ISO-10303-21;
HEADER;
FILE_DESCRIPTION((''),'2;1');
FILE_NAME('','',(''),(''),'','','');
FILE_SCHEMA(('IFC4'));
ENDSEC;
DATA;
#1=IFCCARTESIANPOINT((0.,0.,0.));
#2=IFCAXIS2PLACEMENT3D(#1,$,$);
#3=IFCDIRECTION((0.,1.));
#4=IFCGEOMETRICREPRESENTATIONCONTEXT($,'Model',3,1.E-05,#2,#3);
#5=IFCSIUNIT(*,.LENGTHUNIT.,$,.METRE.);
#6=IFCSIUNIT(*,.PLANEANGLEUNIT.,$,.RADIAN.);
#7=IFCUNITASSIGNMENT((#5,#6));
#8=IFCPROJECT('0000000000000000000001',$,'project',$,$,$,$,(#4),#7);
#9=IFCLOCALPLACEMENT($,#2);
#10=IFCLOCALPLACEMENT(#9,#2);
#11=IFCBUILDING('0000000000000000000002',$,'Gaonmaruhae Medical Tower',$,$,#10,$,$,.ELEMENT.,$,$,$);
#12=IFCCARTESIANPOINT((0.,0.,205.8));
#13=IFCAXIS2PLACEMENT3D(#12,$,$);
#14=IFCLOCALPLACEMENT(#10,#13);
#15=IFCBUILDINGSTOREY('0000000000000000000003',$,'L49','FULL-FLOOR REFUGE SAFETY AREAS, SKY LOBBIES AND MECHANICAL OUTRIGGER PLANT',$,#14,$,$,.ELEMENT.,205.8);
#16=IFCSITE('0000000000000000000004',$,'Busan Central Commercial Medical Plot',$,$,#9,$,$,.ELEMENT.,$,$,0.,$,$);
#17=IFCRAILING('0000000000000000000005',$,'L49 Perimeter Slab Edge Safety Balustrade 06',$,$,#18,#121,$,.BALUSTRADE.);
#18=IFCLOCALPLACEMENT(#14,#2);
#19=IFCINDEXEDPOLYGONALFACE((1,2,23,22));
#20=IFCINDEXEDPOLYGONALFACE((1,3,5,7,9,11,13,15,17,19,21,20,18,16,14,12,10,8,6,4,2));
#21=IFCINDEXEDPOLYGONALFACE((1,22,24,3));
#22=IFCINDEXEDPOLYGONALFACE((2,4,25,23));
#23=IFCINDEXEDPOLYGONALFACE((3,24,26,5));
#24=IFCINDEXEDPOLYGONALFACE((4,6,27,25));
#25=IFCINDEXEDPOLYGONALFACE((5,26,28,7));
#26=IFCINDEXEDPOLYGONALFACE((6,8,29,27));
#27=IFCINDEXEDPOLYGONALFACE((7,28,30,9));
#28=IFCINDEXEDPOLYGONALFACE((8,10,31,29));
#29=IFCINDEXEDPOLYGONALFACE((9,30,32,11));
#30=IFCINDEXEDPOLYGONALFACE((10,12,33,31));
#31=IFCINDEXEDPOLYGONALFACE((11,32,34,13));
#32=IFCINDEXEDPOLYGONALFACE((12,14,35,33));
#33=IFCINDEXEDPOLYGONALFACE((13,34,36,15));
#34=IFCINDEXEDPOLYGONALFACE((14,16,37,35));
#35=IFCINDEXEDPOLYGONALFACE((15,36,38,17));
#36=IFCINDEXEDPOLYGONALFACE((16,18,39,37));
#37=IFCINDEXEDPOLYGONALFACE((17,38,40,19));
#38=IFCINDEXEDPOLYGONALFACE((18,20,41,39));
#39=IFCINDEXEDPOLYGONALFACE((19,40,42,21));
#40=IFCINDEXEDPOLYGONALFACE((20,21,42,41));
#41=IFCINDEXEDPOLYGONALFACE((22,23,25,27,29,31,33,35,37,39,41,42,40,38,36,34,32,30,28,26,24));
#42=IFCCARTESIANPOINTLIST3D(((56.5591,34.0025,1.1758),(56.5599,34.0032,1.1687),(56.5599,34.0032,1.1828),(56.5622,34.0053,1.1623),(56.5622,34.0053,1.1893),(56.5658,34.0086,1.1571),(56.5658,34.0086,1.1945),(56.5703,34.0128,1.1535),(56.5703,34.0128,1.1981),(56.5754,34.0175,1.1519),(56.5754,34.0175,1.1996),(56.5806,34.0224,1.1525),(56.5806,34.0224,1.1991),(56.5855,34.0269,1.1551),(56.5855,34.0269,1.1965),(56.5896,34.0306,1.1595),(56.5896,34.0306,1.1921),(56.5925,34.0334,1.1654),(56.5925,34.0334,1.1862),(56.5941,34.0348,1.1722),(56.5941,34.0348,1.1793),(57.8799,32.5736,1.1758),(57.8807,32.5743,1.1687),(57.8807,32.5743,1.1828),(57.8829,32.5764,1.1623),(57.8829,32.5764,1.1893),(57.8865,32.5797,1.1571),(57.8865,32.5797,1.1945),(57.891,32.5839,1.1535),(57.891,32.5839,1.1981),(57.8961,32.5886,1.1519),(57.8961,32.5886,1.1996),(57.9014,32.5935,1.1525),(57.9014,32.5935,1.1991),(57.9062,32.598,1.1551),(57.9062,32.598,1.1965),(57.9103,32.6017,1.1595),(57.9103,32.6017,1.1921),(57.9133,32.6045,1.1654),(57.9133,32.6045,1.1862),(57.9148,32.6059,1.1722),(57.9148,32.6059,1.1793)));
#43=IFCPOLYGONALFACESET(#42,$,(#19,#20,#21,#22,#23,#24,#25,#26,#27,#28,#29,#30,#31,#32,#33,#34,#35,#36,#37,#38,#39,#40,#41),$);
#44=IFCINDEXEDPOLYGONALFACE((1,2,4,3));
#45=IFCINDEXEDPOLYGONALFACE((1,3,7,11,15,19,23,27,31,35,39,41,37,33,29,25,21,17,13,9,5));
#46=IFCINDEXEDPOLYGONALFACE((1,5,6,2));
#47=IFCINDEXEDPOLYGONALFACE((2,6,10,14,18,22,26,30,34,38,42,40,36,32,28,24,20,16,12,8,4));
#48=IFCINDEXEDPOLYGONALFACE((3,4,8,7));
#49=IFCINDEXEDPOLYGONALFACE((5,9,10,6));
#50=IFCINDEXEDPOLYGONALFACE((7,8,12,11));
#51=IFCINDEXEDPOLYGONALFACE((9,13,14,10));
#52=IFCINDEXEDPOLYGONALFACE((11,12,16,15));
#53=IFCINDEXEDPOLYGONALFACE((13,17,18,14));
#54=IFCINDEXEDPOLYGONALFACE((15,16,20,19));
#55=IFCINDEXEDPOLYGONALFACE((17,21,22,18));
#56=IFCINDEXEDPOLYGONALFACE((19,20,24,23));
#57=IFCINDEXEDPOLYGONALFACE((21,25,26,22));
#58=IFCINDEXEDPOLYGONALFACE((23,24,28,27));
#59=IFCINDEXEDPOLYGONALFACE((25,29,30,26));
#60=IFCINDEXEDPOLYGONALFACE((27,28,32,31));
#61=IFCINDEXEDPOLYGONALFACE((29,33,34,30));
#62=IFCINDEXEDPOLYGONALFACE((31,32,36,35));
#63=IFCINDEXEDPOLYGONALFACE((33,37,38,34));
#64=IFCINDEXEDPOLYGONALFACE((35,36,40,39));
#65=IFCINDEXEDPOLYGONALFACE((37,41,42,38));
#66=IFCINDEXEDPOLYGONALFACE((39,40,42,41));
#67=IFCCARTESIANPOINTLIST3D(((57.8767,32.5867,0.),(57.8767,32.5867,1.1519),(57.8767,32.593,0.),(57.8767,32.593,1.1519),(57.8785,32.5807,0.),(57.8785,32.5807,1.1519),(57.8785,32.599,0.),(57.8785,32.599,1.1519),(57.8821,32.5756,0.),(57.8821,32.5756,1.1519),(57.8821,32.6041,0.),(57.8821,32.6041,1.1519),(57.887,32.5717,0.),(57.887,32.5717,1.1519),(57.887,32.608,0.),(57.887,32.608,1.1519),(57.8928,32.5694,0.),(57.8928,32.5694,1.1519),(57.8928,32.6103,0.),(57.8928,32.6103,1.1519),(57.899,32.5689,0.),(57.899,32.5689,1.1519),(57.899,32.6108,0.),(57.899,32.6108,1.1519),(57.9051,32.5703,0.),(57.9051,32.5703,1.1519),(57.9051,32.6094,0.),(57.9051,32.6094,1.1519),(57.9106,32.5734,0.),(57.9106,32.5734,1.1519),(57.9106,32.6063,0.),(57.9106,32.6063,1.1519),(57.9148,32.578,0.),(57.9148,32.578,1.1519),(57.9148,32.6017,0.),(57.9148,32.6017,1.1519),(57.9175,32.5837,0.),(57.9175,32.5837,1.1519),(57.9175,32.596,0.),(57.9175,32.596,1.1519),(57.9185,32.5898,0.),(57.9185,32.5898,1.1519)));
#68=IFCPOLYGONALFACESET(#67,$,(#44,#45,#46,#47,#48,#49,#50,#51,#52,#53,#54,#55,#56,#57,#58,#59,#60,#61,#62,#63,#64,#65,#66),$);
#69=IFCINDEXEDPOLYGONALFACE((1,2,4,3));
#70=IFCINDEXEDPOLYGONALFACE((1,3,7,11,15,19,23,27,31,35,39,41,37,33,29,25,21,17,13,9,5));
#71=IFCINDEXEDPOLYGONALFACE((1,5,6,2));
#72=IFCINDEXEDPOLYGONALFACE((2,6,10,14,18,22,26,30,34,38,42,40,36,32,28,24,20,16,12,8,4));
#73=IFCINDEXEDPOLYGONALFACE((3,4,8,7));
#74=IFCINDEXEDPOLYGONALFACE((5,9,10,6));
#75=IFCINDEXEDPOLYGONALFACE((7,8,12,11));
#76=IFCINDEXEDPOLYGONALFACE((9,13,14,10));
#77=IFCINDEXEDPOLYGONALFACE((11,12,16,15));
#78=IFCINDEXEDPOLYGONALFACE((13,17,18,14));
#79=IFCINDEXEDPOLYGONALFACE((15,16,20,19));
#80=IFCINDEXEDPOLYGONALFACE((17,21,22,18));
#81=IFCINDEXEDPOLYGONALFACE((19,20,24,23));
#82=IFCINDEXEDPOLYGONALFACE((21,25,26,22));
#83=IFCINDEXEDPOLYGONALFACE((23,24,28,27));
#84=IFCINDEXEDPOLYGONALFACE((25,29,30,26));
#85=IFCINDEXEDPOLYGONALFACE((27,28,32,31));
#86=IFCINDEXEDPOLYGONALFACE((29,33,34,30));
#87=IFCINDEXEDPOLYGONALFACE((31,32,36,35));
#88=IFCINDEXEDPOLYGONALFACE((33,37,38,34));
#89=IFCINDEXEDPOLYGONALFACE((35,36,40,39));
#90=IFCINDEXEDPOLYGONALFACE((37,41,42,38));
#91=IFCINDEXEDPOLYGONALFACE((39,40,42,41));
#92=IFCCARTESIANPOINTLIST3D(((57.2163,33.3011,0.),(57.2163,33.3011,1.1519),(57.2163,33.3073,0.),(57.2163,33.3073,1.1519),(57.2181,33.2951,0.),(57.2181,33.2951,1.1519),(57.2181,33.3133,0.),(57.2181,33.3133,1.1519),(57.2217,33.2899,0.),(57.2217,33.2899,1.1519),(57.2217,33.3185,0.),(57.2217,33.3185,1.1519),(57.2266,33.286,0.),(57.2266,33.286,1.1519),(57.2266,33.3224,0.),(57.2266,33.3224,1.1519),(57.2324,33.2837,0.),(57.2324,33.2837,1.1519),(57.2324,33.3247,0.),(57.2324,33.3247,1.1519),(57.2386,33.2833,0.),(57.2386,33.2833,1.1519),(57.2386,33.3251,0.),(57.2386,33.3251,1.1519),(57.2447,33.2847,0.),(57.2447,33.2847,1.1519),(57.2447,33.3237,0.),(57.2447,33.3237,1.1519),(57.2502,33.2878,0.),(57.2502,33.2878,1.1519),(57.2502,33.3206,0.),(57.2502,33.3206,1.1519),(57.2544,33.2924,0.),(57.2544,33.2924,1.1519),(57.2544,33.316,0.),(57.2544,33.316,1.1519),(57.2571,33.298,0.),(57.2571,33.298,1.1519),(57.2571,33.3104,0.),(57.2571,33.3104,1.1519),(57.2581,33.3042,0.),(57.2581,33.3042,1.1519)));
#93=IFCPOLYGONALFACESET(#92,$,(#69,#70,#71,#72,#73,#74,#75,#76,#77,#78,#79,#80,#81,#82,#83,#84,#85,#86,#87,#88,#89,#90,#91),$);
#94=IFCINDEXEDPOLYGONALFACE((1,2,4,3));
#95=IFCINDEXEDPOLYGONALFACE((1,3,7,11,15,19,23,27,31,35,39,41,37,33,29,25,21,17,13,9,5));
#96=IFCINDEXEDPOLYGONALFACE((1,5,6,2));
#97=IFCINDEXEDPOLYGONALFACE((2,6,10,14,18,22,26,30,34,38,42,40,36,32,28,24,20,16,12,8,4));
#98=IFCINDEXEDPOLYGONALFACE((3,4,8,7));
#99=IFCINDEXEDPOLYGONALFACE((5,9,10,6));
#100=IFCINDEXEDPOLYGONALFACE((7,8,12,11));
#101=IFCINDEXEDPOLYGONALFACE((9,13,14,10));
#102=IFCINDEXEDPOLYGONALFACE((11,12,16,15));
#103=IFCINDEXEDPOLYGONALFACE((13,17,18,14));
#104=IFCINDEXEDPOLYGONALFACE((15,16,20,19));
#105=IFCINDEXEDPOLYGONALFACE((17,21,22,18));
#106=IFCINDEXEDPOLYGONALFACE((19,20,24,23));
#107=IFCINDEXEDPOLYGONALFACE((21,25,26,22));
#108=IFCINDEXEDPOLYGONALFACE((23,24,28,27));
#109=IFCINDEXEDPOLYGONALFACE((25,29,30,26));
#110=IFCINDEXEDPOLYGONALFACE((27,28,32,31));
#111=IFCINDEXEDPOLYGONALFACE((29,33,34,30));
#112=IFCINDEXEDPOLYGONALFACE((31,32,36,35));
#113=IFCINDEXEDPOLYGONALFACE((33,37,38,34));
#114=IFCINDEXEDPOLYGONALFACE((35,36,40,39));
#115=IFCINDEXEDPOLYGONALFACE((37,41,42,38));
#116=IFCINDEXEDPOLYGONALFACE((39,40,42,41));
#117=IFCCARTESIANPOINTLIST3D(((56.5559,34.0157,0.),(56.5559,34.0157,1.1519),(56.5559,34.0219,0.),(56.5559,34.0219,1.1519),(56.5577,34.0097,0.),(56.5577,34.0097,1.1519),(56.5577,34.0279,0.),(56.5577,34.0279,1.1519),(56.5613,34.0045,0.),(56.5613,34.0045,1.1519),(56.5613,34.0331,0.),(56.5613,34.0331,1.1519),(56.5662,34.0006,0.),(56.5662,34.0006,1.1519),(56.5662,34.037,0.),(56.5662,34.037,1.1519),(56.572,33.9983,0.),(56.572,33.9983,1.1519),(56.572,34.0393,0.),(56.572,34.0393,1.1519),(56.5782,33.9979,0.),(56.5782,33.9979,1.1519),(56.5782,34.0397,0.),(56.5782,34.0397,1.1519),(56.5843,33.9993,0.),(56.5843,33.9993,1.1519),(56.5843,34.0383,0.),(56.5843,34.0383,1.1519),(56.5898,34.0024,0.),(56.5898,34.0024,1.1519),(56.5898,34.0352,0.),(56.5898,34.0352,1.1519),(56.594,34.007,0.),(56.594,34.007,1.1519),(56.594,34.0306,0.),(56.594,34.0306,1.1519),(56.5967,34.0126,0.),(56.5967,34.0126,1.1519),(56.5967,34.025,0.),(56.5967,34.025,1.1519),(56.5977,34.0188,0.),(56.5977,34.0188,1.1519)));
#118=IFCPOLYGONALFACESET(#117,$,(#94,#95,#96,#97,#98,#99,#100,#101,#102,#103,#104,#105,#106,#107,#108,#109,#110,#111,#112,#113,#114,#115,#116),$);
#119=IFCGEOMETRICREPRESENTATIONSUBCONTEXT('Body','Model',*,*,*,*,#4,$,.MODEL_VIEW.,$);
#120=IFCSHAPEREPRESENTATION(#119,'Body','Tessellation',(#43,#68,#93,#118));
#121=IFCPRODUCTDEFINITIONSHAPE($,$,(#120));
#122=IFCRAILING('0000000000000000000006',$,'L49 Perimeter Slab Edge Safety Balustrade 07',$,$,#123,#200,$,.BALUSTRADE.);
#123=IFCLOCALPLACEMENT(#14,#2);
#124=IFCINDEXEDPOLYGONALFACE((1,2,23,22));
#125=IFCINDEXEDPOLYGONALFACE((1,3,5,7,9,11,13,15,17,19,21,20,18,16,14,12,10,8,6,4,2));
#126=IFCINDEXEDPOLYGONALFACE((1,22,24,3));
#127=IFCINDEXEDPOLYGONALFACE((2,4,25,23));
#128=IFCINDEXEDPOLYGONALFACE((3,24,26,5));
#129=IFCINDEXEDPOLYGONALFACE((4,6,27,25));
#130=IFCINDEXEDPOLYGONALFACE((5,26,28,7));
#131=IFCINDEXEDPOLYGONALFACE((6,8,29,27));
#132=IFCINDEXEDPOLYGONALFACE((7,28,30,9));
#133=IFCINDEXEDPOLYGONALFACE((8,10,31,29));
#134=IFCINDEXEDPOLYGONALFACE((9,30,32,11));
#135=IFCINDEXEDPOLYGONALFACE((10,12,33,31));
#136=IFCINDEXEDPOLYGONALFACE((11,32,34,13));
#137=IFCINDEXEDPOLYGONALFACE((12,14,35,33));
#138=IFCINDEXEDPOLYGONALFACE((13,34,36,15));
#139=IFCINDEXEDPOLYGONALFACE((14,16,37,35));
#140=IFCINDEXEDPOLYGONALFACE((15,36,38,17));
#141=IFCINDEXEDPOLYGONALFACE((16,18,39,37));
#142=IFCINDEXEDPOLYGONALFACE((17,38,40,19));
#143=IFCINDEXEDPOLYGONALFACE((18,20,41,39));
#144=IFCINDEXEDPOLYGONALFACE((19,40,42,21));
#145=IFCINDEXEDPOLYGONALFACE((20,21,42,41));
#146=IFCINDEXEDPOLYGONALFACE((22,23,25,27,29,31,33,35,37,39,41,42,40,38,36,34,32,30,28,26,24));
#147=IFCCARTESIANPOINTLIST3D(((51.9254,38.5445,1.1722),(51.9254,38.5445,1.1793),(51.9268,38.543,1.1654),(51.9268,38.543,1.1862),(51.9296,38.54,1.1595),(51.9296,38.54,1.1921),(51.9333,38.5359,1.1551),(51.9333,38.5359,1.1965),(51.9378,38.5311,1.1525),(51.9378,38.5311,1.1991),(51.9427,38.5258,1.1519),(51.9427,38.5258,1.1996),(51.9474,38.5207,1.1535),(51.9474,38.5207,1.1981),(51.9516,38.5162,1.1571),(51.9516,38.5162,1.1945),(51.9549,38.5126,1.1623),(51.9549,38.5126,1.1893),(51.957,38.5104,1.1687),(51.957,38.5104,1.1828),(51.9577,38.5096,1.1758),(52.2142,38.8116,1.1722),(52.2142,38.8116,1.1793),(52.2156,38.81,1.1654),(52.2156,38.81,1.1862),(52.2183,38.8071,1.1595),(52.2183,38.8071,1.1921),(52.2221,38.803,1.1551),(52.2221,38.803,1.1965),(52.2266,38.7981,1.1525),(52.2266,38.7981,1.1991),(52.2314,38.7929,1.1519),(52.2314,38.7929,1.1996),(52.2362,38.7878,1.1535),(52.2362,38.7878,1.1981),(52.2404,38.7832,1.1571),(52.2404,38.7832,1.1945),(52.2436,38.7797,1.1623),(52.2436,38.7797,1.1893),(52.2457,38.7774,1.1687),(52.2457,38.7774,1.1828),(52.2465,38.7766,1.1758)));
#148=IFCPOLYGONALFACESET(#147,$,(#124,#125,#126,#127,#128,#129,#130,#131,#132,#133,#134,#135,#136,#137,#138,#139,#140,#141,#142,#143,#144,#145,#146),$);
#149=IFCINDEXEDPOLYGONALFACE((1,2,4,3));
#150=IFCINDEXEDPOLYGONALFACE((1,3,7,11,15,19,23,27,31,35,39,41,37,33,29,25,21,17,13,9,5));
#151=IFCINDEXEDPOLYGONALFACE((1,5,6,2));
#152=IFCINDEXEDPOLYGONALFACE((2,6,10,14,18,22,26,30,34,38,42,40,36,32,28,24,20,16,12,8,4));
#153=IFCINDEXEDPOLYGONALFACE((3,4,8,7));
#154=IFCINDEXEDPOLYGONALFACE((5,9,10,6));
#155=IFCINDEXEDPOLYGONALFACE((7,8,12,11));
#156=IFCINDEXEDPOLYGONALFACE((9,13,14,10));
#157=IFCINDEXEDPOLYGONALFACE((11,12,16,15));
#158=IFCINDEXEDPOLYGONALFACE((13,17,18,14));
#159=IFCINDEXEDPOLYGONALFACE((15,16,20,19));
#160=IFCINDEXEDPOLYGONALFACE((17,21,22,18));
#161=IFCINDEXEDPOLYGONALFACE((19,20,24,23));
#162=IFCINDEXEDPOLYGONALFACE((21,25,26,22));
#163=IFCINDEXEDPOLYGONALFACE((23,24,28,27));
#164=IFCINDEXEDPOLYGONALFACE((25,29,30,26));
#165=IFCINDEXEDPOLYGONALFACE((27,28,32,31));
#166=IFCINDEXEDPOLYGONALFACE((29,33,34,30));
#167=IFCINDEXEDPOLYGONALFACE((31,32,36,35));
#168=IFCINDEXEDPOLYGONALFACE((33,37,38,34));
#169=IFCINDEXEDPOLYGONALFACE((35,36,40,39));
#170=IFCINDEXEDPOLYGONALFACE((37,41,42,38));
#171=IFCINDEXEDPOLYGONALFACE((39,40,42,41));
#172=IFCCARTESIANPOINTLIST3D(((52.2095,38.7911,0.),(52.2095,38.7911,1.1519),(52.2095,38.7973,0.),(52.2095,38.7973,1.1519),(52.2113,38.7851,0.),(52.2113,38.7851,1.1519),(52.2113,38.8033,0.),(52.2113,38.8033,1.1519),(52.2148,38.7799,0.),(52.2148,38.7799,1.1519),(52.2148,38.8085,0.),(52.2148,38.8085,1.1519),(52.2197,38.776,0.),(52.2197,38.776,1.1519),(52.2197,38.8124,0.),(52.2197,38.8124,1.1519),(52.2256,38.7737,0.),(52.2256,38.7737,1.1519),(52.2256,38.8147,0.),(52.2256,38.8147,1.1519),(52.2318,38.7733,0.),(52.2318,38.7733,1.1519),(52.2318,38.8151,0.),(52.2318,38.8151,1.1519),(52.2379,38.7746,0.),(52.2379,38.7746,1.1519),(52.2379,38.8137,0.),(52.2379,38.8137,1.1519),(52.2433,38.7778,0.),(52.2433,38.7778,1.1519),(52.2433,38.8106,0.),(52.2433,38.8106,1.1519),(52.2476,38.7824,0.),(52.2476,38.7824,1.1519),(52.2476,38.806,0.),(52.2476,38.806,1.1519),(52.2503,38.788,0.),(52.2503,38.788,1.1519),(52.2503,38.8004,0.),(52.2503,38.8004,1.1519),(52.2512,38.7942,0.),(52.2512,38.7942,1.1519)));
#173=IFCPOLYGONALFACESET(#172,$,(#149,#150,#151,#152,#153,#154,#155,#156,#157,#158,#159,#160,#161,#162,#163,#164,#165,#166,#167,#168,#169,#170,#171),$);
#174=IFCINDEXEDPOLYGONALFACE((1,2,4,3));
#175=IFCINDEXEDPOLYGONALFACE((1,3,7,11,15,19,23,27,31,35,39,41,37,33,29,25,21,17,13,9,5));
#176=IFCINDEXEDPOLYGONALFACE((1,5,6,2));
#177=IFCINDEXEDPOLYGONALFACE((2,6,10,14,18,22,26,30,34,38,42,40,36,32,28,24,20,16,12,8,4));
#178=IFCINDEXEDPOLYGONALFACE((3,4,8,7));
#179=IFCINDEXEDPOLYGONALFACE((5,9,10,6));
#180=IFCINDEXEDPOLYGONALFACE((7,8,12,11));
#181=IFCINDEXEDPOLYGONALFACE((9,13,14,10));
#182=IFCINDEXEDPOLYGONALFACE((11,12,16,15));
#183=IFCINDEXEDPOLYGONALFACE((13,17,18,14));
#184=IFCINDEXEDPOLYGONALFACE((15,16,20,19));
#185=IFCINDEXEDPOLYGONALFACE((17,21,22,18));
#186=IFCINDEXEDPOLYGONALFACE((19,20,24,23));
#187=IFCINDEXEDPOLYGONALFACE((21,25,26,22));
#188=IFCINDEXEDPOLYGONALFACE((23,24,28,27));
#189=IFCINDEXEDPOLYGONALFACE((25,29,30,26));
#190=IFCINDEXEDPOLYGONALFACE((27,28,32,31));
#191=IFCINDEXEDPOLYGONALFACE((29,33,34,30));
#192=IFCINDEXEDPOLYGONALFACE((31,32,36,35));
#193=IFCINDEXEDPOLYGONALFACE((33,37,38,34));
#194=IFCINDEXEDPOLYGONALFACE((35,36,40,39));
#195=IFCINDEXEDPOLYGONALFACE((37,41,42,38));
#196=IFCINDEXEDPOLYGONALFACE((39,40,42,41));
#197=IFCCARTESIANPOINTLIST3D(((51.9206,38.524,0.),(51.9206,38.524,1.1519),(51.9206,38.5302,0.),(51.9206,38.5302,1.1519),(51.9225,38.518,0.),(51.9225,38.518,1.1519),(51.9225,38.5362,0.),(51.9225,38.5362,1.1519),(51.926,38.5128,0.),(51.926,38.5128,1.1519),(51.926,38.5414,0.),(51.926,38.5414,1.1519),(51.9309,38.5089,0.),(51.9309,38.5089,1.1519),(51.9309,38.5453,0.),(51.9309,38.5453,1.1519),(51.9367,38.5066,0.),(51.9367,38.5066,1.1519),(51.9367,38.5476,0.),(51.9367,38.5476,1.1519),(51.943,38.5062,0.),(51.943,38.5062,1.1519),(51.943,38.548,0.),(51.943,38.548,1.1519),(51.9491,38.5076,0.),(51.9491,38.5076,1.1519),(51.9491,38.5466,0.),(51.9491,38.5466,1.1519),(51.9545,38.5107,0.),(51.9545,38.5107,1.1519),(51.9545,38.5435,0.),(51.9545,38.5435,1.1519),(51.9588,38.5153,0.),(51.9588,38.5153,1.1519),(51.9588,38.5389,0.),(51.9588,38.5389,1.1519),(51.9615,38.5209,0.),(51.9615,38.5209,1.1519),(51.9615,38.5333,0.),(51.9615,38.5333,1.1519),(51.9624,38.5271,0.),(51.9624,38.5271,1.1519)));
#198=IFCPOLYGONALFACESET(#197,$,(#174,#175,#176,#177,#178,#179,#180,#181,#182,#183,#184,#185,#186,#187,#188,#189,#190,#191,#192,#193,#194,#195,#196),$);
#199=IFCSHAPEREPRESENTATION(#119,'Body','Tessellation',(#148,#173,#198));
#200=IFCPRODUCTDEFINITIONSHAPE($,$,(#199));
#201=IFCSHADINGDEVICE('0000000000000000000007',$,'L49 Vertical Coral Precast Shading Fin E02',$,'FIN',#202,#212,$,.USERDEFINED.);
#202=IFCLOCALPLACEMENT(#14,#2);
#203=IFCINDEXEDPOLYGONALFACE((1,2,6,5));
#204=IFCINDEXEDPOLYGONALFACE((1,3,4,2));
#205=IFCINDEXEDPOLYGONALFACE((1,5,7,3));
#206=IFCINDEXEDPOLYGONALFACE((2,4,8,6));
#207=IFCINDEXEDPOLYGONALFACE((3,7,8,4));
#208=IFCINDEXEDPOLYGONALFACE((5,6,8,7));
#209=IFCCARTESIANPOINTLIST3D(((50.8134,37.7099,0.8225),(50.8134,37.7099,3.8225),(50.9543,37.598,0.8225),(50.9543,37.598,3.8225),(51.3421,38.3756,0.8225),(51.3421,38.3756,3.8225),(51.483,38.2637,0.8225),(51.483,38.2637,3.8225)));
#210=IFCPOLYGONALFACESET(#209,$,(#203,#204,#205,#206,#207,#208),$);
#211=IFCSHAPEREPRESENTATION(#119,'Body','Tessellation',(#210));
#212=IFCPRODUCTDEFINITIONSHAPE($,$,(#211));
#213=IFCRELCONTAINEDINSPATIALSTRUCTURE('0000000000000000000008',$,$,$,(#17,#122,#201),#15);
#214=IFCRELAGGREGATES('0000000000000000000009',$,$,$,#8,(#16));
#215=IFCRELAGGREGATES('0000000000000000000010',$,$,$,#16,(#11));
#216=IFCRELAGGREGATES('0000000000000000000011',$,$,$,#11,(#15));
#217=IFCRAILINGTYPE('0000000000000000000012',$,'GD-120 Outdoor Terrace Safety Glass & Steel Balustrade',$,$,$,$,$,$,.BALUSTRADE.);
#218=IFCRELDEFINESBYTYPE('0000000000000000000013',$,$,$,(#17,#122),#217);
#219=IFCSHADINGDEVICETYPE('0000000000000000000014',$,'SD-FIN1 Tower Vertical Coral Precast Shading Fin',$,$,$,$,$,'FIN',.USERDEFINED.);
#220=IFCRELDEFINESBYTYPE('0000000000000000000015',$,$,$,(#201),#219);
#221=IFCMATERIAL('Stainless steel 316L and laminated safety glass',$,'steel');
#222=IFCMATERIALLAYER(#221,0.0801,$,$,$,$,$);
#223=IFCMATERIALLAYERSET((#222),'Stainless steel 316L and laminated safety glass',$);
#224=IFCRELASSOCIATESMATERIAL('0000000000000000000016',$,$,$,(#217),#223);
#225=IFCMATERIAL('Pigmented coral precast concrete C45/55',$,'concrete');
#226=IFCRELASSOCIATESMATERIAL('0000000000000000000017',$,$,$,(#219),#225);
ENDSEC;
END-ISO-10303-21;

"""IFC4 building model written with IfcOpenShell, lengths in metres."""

from ifc_helpers import new_model, si_unit, direction, frame, origin, origin_2d, place, context, subcontext, project, spatial, rectangle, circle, extrude, material, layer, layer_set, type_object, element, save


model = new_model("IFC4")

# Units and contexts
model_context = context("Model", 3, precision=1e-05, world=origin(), true_north=direction((0.0, 1.0)))
body_context = subcontext(model_context, "Body", "Model", "MODEL_VIEW")
ifc_project = project(units=[si_unit("LENGTHUNIT", "METRE"), si_unit("PLANEANGLEUNIT", "RADIAN")], contexts=[model_context])

# Site, building, storey
site_placement = place(None, origin())
site = spatial("IfcSite", under=ifc_project, at=site_placement, Name="Busan Central Commercial Medical Plot", CompositionType="ELEMENT", RefElevation=0.0)
building_placement = place(site_placement, origin())
building = spatial("IfcBuilding", under=site, at=building_placement, Name="Gaonmaruhae Medical Tower", CompositionType="ELEMENT")
storey_placement = place(building_placement, frame((0.0, 0.0, 205.8)))
storey = spatial("IfcBuildingStorey", under=building, at=storey_placement, Name="L49", Description="FULL-FLOOR REFUGE SAFETY AREAS, SKY LOBBIES AND MECHANICAL OUTRIGGER PLANT", CompositionType="ELEMENT", Elevation=205.8)

# Railings
ifc_material_1 = material(Name="Stainless steel 316L and laminated safety glass", Category="steel")
ifc_layer_1 = layer(ifc_material_1, 0.0801)
ifc_layer_set_1 = layer_set([ifc_layer_1], Name="Stainless steel 316L and laminated safety glass")
railing_type = type_object("IfcRailingType", Name="GD-120 Outdoor Terrace Safety Glass & Steel Balustrade", PredefinedType="BALUSTRADE", material=ifc_layer_set_1)
railing_1_placement = place(storey_placement, frame((57.8975, 32.5898, 0.0)))
element("IfcRailing", 1, at=railing_1_placement, inside=storey, type_object=railing_type, Name="L49 Perimeter Slab Edge Safety Balustrade 06", PredefinedType="BALUSTRADE", context=body_context, shape_type="SweptSolid", body=[
    extrude(circle(Radius=0.0239, at=origin_2d()), frame((0.0, 0.0, 1.1758), z_axis=(-0.67877, 0.734351, 0.0), x_axis=(-0.734351, -0.67877, 0.0)), (0.0, 0.0, 1.0), 1.9458),
    extrude(circle(Radius=0.021, at=origin_2d()), origin(), (0.0, 0.0, 1.0), 1.1519),
    extrude(circle(Radius=0.021, at=origin_2d()), frame((-0.6604, 0.7144, 0.0)), (0.0, 0.0, 1.0), 1.1519),
    extrude(circle(Radius=0.021, at=origin_2d()), frame((-1.3208, 1.429, 0.0)), (0.0, 0.0, 1.0), 1.1519),
])
railing_2_placement = place(storey_placement, frame((52.2302, 38.7942, 0.0)))
element("IfcRailing", 2, at=railing_2_placement, inside=storey, type_object=railing_type, Name="L49 Perimeter Slab Edge Safety Balustrade 07", PredefinedType="BALUSTRADE", context=body_context, shape_type="SweptSolid", body=[
    extrude(circle(Radius=0.0239, at=origin_2d()), frame((0.0, 0.0, 1.1758), z_axis=(-0.734185, -0.67895, 0.0), x_axis=(0.67895, -0.734185, 0.0)), (0.0, 0.0, 1.0), 0.3933),
    extrude(circle(Radius=0.021, at=origin_2d()), origin(), (0.0, 0.0, 1.0), 1.1519),
    extrude(circle(Radius=0.021, at=origin_2d()), frame((-0.2888, -0.2671, 0.0)), (0.0, 0.0, 1.0), 1.1519),
])

# Shading device
ifc_material_2 = material(Name="Pigmented coral precast concrete C45/55", Category="concrete")
shading_device_type = type_object("IfcShadingDeviceType", Name="SD-FIN1 Tower Vertical Coral Precast Shading Fin", ElementType="FIN", PredefinedType="USERDEFINED", material=ifc_material_2)
for number, where, z_axis, x_axis, name in (
    (3, (51.1482, 37.9868, 0.8225), (0.0, 0.0, 1.0), (0.783053, -0.621954, 0.0), "L49 Vertical Coral Precast Shading Fin E02"),
):
    element("IfcShadingDevice", number, at=place(storey_placement, frame(where, z_axis=z_axis, x_axis=x_axis)), inside=storey, type_object=shading_device_type, Name=name, ObjectType="FIN", PredefinedType="USERDEFINED", context=body_context, shape_type="SweptSolid", body=[
        extrude(rectangle(XDim=0.1799, YDim=0.8501, at=origin_2d()), origin(), (0.0, 0.0, 1.0), 3.0),
    ])

save(model, "model.ifc")
